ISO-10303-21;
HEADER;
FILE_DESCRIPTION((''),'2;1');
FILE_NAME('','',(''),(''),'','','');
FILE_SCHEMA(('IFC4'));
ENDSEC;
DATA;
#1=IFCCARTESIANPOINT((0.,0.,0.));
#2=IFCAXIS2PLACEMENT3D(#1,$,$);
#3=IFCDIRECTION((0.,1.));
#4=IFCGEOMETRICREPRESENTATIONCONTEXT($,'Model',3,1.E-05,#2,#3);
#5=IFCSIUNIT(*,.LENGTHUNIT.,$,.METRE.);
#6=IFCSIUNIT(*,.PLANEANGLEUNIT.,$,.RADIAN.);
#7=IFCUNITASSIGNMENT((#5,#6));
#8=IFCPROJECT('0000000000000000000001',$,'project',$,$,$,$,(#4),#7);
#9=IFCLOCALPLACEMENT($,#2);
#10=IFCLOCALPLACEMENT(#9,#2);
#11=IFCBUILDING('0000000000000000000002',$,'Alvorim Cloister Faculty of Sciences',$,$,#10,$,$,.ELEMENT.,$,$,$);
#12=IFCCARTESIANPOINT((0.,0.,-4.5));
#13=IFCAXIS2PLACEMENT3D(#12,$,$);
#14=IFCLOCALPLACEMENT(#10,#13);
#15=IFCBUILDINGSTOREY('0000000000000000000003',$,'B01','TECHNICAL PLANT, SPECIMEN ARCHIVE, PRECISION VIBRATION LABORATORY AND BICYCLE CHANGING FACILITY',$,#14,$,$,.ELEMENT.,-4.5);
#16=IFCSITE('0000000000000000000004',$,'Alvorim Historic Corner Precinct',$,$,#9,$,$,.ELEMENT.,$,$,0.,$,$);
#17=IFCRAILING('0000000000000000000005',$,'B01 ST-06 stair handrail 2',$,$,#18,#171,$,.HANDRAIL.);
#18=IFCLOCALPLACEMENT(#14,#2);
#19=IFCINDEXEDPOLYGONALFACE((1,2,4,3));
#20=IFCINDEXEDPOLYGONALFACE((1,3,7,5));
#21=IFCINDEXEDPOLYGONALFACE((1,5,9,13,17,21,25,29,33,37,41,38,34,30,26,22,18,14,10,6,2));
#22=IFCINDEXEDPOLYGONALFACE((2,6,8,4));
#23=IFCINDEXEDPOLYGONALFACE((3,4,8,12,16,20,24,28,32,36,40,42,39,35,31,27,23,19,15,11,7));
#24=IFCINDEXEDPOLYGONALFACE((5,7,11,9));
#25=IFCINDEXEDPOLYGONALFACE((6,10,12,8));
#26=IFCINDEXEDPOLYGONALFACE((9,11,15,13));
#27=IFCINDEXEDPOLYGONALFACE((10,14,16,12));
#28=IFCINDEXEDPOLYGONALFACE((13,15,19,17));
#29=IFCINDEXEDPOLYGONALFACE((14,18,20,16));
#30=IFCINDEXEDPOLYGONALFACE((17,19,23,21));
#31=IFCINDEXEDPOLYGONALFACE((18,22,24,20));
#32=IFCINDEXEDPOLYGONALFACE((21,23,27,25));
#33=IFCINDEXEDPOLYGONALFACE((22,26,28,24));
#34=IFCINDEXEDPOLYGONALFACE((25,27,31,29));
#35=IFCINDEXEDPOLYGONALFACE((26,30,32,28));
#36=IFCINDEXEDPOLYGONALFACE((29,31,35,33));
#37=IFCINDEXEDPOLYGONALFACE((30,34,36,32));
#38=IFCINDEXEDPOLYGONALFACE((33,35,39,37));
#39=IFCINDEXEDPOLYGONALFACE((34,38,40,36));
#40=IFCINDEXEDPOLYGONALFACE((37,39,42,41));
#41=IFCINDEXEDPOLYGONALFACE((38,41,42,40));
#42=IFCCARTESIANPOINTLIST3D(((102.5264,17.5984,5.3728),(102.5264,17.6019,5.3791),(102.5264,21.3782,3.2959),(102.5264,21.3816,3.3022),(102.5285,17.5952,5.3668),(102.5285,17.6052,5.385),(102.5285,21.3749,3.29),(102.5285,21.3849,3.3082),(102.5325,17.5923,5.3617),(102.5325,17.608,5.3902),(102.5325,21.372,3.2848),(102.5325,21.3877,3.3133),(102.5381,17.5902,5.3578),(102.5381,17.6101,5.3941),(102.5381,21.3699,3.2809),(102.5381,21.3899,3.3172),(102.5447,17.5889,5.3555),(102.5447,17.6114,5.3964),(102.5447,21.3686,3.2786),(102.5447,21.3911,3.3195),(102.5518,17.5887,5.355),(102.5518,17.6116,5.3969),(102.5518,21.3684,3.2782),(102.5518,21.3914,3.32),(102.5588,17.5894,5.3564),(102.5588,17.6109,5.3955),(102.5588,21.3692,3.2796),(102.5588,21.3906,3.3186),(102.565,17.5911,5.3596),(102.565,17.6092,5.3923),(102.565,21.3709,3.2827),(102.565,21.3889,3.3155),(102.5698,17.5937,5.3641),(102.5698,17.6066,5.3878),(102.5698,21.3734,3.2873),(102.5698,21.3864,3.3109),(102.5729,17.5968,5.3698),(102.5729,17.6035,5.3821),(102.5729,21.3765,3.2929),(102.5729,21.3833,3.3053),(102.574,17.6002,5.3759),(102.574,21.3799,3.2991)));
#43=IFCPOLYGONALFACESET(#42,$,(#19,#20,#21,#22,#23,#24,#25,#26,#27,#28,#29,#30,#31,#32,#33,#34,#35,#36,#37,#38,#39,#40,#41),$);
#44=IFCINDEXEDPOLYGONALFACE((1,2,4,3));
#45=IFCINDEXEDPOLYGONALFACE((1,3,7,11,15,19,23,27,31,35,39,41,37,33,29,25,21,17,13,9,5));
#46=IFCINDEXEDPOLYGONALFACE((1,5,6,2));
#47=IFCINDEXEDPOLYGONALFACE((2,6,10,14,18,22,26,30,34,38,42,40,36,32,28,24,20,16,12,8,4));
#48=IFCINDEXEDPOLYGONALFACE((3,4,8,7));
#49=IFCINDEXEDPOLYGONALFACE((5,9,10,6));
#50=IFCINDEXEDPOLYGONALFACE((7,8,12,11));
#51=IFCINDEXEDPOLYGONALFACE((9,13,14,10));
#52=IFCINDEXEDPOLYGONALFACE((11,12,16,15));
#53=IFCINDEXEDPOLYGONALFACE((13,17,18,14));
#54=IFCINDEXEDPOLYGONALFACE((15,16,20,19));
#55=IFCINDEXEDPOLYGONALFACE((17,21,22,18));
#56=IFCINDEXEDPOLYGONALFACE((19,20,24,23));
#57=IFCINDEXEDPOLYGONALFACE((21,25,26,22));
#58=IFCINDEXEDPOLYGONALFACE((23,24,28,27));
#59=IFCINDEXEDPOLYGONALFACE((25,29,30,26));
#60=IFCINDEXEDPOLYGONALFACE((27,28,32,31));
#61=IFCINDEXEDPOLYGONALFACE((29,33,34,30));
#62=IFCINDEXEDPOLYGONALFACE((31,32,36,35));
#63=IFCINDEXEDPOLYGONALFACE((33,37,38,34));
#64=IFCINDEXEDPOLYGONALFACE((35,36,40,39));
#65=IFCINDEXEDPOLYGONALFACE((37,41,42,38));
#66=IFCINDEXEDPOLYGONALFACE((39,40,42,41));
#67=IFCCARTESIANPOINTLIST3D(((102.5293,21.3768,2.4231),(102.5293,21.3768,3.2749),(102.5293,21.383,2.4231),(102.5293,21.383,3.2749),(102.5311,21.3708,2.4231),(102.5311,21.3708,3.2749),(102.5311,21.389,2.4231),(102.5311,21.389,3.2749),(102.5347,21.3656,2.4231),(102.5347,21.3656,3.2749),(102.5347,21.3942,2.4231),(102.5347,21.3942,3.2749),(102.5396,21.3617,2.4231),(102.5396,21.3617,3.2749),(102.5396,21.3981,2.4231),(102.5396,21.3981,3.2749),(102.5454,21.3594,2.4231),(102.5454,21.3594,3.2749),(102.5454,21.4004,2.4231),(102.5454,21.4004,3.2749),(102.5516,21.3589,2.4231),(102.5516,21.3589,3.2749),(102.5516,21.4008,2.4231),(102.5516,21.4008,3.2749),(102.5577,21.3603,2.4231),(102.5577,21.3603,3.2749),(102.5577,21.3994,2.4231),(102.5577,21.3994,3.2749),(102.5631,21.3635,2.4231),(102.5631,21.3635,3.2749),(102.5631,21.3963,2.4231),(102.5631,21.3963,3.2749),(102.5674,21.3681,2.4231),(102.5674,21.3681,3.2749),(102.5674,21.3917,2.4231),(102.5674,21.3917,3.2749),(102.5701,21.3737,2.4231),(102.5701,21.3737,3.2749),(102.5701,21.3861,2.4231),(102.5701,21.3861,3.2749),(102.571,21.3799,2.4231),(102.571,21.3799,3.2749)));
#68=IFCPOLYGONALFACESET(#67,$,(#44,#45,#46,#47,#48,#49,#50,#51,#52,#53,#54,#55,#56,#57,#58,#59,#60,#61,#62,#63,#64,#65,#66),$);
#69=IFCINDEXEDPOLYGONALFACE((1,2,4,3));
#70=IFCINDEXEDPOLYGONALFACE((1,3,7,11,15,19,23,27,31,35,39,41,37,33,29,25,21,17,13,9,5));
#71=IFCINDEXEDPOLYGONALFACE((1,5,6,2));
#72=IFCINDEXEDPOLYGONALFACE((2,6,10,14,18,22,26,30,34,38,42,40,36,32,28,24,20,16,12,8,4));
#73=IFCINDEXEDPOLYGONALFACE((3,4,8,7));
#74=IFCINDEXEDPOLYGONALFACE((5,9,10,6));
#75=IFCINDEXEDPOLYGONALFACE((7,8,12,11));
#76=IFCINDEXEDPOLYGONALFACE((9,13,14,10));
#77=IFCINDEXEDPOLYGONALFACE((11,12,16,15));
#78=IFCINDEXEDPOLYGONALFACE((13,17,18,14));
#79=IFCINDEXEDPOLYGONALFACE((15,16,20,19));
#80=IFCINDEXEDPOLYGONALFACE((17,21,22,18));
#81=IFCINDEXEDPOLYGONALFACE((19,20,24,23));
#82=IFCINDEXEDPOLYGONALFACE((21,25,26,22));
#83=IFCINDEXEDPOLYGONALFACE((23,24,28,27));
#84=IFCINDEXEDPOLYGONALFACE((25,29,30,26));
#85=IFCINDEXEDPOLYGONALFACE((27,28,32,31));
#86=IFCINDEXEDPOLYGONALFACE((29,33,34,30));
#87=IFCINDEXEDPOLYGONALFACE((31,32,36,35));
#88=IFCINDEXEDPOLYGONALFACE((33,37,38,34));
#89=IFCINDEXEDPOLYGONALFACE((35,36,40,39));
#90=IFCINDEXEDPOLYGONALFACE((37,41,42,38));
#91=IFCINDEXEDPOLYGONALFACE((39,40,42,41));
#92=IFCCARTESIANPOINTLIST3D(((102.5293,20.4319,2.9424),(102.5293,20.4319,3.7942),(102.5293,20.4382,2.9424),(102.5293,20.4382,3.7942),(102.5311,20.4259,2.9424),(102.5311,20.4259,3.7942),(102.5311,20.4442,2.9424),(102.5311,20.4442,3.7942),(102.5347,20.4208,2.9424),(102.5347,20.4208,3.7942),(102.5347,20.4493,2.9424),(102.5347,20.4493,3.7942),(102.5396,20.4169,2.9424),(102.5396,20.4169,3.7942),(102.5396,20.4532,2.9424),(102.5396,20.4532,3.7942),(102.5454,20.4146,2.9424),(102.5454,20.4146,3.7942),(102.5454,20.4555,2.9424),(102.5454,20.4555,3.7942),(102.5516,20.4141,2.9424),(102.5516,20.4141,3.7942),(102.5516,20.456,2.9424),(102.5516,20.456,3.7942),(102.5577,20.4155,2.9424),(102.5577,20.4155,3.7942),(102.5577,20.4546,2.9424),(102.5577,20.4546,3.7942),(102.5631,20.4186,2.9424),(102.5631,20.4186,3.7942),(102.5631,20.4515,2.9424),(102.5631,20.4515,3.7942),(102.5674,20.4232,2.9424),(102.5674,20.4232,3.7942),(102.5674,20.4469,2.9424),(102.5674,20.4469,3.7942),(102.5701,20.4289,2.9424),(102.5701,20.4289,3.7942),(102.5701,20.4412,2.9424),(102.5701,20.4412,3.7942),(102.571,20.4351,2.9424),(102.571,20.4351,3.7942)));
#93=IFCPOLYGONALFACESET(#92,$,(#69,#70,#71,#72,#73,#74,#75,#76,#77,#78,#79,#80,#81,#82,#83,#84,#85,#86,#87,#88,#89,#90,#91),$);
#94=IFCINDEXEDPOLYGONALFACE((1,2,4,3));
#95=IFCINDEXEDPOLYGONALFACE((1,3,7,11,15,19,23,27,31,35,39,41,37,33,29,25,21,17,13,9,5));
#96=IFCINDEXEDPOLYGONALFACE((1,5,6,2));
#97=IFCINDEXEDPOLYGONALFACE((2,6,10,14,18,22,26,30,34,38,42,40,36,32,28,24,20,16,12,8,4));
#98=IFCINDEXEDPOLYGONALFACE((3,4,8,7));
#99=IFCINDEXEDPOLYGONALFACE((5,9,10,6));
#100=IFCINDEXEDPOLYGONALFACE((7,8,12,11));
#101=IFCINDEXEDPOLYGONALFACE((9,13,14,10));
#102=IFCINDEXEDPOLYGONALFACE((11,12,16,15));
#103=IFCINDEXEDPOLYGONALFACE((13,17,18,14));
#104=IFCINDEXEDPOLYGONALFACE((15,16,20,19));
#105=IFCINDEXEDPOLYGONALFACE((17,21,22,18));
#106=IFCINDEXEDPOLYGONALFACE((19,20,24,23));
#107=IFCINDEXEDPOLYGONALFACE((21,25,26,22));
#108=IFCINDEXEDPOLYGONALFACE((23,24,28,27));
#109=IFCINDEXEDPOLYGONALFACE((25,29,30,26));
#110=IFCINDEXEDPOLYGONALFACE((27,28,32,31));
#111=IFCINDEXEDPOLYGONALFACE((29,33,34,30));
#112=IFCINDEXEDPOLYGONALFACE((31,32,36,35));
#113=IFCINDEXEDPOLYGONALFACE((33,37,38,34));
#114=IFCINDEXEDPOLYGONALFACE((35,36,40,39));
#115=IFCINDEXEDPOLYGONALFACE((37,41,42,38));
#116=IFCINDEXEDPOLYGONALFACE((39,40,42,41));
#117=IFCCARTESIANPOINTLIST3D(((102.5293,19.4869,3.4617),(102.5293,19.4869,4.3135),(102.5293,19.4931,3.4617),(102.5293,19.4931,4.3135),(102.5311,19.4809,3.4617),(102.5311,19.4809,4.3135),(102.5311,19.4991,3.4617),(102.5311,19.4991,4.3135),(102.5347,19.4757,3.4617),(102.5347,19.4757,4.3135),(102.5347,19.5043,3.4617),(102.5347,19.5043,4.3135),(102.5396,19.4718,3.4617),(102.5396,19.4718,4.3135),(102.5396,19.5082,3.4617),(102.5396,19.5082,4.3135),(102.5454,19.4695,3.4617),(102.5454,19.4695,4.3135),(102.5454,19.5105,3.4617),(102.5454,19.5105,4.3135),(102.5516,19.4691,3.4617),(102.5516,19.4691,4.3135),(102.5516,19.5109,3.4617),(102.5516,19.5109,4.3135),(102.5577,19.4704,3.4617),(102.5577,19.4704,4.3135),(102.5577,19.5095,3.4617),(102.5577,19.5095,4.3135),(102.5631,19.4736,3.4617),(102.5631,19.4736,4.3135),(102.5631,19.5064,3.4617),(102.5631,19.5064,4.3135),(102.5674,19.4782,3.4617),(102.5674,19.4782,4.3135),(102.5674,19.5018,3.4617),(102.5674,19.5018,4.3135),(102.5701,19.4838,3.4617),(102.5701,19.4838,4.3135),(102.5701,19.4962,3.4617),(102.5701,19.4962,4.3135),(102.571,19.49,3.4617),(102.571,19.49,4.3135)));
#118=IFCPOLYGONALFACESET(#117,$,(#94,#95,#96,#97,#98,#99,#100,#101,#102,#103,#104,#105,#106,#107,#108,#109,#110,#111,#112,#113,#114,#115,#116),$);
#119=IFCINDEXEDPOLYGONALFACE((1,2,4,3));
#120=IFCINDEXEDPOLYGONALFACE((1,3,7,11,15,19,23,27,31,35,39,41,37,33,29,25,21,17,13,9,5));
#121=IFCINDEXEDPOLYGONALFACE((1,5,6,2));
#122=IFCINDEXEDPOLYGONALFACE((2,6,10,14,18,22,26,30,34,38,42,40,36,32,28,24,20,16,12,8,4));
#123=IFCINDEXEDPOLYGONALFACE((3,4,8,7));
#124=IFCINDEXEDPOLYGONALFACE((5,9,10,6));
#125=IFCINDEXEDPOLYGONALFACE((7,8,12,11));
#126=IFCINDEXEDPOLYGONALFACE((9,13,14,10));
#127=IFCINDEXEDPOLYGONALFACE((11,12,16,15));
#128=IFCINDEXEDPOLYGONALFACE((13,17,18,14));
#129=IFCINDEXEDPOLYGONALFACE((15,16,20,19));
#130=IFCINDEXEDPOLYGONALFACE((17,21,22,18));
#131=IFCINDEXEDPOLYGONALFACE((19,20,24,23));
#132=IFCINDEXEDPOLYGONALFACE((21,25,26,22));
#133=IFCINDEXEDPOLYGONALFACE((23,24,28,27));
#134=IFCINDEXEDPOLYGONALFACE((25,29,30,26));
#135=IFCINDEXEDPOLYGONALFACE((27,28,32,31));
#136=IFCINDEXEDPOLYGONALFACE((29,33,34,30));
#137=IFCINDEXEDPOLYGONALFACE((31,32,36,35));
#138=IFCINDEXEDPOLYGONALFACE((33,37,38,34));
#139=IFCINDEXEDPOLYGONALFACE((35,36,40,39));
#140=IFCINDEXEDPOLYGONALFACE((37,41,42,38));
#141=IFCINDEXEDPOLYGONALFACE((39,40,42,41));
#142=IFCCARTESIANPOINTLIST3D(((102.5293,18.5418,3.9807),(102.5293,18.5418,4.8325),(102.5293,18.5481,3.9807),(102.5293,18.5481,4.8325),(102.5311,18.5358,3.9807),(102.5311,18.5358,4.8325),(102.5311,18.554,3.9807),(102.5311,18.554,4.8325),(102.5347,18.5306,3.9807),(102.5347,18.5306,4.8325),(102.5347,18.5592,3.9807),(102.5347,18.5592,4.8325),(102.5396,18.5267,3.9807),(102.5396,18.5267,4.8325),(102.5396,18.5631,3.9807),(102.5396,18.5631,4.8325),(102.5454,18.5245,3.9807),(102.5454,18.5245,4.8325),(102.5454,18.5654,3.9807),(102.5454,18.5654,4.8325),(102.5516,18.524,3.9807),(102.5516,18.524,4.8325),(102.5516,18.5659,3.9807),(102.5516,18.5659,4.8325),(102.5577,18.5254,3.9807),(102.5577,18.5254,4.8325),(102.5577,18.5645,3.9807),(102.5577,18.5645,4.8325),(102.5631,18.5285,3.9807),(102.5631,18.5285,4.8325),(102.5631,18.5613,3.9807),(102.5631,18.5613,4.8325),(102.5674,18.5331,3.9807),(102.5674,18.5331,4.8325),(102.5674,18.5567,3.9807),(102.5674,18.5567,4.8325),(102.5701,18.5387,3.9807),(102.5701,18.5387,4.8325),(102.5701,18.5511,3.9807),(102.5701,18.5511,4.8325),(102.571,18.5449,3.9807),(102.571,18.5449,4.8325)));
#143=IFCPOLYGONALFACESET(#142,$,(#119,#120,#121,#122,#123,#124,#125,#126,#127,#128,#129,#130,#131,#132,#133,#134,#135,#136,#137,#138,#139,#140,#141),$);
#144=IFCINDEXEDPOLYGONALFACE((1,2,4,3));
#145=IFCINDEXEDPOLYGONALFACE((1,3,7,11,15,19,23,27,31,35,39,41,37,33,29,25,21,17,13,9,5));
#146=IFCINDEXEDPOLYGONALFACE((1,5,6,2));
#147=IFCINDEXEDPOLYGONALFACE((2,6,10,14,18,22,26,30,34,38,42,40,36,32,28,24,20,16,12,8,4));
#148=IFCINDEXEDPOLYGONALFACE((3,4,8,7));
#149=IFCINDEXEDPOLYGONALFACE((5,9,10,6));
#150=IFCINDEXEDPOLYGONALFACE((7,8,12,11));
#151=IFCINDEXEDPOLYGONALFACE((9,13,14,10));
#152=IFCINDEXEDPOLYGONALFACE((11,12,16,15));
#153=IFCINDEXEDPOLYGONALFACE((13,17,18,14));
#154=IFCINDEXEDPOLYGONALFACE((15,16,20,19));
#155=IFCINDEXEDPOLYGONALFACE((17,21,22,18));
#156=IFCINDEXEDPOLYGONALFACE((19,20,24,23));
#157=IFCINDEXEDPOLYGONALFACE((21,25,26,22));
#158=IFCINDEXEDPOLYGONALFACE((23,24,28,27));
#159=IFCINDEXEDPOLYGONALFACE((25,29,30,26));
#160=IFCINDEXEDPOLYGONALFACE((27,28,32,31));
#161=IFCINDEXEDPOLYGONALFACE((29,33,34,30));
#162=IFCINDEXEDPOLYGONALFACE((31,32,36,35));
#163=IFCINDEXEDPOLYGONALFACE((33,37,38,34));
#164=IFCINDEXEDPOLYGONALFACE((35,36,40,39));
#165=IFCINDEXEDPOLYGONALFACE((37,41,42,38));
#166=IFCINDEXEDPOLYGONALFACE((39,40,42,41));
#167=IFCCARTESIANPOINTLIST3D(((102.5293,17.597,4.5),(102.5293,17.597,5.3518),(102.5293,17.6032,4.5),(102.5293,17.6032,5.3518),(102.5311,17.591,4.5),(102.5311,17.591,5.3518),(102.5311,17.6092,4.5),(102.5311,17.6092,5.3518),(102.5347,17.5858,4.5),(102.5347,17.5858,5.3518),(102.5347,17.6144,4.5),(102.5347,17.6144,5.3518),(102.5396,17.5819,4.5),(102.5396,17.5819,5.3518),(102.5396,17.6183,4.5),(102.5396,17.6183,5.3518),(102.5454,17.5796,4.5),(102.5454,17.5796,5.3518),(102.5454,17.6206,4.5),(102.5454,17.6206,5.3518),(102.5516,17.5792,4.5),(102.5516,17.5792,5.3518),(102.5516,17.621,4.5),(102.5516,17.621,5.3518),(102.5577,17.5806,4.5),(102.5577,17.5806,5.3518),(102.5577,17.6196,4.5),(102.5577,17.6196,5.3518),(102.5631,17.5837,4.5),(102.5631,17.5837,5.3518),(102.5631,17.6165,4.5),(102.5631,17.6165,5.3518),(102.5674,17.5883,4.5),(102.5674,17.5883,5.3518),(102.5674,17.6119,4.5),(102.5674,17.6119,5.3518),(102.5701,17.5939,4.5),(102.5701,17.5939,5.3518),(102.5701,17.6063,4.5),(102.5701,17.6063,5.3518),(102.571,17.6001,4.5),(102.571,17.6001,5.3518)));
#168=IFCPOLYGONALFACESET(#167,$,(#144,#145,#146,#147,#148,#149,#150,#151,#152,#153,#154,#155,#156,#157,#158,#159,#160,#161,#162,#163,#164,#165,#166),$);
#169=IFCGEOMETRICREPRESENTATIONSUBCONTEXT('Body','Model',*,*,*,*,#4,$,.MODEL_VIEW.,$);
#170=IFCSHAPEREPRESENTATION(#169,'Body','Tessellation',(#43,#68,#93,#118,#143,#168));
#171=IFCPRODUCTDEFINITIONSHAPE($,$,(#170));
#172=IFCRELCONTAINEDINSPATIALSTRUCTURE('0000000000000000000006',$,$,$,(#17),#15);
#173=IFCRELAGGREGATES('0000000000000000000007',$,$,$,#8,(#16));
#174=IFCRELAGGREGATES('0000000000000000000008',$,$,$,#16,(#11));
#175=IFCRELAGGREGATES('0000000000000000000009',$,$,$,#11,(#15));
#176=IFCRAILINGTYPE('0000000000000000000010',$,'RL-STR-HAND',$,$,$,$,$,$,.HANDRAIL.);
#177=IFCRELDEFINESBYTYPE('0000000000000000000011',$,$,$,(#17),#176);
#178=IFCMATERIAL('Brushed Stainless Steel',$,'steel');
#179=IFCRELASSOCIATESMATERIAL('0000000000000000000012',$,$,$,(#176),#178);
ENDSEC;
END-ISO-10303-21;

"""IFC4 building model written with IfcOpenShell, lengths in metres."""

from ifc_helpers import new_model, si_unit, direction, frame, origin, origin_2d, place, context, subcontext, project, spatial, circle, extrude, material, type_object, element, save


model = new_model("IFC4")

# Units and contexts
model_context = context("Model", 3, precision=1e-05, world=origin(), true_north=direction((0.0, 1.0)))
body_context = subcontext(model_context, "Body", "Model", "MODEL_VIEW")
ifc_project = project(units=[si_unit("LENGTHUNIT", "METRE"), si_unit("PLANEANGLEUNIT", "RADIAN")], contexts=[model_context])

# Site, building, storey
site_placement = place(None, origin())
site = spatial("IfcSite", under=ifc_project, at=site_placement, Name="Alvorim Historic Corner Precinct", CompositionType="ELEMENT", RefElevation=0.0)
building_placement = place(site_placement, origin())
building = spatial("IfcBuilding", under=site, at=building_placement, Name="Alvorim Cloister Faculty of Sciences", CompositionType="ELEMENT")
storey_placement = place(building_placement, frame((0.0, 0.0, -4.5)))
storey = spatial("IfcBuildingStorey", under=building, at=storey_placement, Name="B01", Description="TECHNICAL PLANT, SPECIMEN ARCHIVE, PRECISION VIBRATION LABORATORY AND BICYCLE CHANGING FACILITY", CompositionType="ELEMENT", Elevation=-4.5)

# Railing
ifc_material_1 = material(Name="Brushed Stainless Steel", Category="steel")
railing_type_1 = type_object("IfcRailingType", Name="RL-STR-HAND", PredefinedType="HANDRAIL", material=ifc_material_1)
railing_1_placement = place(storey_placement, frame((102.55, 21.3799, 2.4231)))
element("IfcRailing", 1, at=railing_1_placement, inside=storey, type_object=railing_type_1, Name="B01 ST-06 stair handrail 2", PredefinedType="HANDRAIL", context=body_context, shape_type="SweptSolid", body=[
    extrude(circle(Radius=0.0239, at=origin_2d()), frame((0.0, 0.0, 0.876), z_axis=(0.0, -0.876409, 0.481567), x_axis=(1.0, 0.0, 0.0)), (0.0, 0.0, 1.0), 4.3127),
    extrude(circle(Radius=0.021, at=origin_2d()), origin(), (0.0, 0.0, 1.0), 0.8518),
    extrude(circle(Radius=0.021, at=origin_2d()), frame((0.0, -0.9448, 0.5193)), (0.0, 0.0, 1.0), 0.8518),
    extrude(circle(Radius=0.021, at=origin_2d()), frame((0.0, -1.8899, 1.0386)), (0.0, 0.0, 1.0), 0.8518),
    extrude(circle(Radius=0.021, at=origin_2d()), frame((0.0, -2.835, 1.5576)), (0.0, 0.0, 1.0), 0.8518),
    extrude(circle(Radius=0.021, at=origin_2d()), frame((0.0, -3.7798, 2.0769)), (0.0, 0.0, 1.0), 0.8518),
])

save(model, "model.ifc")
